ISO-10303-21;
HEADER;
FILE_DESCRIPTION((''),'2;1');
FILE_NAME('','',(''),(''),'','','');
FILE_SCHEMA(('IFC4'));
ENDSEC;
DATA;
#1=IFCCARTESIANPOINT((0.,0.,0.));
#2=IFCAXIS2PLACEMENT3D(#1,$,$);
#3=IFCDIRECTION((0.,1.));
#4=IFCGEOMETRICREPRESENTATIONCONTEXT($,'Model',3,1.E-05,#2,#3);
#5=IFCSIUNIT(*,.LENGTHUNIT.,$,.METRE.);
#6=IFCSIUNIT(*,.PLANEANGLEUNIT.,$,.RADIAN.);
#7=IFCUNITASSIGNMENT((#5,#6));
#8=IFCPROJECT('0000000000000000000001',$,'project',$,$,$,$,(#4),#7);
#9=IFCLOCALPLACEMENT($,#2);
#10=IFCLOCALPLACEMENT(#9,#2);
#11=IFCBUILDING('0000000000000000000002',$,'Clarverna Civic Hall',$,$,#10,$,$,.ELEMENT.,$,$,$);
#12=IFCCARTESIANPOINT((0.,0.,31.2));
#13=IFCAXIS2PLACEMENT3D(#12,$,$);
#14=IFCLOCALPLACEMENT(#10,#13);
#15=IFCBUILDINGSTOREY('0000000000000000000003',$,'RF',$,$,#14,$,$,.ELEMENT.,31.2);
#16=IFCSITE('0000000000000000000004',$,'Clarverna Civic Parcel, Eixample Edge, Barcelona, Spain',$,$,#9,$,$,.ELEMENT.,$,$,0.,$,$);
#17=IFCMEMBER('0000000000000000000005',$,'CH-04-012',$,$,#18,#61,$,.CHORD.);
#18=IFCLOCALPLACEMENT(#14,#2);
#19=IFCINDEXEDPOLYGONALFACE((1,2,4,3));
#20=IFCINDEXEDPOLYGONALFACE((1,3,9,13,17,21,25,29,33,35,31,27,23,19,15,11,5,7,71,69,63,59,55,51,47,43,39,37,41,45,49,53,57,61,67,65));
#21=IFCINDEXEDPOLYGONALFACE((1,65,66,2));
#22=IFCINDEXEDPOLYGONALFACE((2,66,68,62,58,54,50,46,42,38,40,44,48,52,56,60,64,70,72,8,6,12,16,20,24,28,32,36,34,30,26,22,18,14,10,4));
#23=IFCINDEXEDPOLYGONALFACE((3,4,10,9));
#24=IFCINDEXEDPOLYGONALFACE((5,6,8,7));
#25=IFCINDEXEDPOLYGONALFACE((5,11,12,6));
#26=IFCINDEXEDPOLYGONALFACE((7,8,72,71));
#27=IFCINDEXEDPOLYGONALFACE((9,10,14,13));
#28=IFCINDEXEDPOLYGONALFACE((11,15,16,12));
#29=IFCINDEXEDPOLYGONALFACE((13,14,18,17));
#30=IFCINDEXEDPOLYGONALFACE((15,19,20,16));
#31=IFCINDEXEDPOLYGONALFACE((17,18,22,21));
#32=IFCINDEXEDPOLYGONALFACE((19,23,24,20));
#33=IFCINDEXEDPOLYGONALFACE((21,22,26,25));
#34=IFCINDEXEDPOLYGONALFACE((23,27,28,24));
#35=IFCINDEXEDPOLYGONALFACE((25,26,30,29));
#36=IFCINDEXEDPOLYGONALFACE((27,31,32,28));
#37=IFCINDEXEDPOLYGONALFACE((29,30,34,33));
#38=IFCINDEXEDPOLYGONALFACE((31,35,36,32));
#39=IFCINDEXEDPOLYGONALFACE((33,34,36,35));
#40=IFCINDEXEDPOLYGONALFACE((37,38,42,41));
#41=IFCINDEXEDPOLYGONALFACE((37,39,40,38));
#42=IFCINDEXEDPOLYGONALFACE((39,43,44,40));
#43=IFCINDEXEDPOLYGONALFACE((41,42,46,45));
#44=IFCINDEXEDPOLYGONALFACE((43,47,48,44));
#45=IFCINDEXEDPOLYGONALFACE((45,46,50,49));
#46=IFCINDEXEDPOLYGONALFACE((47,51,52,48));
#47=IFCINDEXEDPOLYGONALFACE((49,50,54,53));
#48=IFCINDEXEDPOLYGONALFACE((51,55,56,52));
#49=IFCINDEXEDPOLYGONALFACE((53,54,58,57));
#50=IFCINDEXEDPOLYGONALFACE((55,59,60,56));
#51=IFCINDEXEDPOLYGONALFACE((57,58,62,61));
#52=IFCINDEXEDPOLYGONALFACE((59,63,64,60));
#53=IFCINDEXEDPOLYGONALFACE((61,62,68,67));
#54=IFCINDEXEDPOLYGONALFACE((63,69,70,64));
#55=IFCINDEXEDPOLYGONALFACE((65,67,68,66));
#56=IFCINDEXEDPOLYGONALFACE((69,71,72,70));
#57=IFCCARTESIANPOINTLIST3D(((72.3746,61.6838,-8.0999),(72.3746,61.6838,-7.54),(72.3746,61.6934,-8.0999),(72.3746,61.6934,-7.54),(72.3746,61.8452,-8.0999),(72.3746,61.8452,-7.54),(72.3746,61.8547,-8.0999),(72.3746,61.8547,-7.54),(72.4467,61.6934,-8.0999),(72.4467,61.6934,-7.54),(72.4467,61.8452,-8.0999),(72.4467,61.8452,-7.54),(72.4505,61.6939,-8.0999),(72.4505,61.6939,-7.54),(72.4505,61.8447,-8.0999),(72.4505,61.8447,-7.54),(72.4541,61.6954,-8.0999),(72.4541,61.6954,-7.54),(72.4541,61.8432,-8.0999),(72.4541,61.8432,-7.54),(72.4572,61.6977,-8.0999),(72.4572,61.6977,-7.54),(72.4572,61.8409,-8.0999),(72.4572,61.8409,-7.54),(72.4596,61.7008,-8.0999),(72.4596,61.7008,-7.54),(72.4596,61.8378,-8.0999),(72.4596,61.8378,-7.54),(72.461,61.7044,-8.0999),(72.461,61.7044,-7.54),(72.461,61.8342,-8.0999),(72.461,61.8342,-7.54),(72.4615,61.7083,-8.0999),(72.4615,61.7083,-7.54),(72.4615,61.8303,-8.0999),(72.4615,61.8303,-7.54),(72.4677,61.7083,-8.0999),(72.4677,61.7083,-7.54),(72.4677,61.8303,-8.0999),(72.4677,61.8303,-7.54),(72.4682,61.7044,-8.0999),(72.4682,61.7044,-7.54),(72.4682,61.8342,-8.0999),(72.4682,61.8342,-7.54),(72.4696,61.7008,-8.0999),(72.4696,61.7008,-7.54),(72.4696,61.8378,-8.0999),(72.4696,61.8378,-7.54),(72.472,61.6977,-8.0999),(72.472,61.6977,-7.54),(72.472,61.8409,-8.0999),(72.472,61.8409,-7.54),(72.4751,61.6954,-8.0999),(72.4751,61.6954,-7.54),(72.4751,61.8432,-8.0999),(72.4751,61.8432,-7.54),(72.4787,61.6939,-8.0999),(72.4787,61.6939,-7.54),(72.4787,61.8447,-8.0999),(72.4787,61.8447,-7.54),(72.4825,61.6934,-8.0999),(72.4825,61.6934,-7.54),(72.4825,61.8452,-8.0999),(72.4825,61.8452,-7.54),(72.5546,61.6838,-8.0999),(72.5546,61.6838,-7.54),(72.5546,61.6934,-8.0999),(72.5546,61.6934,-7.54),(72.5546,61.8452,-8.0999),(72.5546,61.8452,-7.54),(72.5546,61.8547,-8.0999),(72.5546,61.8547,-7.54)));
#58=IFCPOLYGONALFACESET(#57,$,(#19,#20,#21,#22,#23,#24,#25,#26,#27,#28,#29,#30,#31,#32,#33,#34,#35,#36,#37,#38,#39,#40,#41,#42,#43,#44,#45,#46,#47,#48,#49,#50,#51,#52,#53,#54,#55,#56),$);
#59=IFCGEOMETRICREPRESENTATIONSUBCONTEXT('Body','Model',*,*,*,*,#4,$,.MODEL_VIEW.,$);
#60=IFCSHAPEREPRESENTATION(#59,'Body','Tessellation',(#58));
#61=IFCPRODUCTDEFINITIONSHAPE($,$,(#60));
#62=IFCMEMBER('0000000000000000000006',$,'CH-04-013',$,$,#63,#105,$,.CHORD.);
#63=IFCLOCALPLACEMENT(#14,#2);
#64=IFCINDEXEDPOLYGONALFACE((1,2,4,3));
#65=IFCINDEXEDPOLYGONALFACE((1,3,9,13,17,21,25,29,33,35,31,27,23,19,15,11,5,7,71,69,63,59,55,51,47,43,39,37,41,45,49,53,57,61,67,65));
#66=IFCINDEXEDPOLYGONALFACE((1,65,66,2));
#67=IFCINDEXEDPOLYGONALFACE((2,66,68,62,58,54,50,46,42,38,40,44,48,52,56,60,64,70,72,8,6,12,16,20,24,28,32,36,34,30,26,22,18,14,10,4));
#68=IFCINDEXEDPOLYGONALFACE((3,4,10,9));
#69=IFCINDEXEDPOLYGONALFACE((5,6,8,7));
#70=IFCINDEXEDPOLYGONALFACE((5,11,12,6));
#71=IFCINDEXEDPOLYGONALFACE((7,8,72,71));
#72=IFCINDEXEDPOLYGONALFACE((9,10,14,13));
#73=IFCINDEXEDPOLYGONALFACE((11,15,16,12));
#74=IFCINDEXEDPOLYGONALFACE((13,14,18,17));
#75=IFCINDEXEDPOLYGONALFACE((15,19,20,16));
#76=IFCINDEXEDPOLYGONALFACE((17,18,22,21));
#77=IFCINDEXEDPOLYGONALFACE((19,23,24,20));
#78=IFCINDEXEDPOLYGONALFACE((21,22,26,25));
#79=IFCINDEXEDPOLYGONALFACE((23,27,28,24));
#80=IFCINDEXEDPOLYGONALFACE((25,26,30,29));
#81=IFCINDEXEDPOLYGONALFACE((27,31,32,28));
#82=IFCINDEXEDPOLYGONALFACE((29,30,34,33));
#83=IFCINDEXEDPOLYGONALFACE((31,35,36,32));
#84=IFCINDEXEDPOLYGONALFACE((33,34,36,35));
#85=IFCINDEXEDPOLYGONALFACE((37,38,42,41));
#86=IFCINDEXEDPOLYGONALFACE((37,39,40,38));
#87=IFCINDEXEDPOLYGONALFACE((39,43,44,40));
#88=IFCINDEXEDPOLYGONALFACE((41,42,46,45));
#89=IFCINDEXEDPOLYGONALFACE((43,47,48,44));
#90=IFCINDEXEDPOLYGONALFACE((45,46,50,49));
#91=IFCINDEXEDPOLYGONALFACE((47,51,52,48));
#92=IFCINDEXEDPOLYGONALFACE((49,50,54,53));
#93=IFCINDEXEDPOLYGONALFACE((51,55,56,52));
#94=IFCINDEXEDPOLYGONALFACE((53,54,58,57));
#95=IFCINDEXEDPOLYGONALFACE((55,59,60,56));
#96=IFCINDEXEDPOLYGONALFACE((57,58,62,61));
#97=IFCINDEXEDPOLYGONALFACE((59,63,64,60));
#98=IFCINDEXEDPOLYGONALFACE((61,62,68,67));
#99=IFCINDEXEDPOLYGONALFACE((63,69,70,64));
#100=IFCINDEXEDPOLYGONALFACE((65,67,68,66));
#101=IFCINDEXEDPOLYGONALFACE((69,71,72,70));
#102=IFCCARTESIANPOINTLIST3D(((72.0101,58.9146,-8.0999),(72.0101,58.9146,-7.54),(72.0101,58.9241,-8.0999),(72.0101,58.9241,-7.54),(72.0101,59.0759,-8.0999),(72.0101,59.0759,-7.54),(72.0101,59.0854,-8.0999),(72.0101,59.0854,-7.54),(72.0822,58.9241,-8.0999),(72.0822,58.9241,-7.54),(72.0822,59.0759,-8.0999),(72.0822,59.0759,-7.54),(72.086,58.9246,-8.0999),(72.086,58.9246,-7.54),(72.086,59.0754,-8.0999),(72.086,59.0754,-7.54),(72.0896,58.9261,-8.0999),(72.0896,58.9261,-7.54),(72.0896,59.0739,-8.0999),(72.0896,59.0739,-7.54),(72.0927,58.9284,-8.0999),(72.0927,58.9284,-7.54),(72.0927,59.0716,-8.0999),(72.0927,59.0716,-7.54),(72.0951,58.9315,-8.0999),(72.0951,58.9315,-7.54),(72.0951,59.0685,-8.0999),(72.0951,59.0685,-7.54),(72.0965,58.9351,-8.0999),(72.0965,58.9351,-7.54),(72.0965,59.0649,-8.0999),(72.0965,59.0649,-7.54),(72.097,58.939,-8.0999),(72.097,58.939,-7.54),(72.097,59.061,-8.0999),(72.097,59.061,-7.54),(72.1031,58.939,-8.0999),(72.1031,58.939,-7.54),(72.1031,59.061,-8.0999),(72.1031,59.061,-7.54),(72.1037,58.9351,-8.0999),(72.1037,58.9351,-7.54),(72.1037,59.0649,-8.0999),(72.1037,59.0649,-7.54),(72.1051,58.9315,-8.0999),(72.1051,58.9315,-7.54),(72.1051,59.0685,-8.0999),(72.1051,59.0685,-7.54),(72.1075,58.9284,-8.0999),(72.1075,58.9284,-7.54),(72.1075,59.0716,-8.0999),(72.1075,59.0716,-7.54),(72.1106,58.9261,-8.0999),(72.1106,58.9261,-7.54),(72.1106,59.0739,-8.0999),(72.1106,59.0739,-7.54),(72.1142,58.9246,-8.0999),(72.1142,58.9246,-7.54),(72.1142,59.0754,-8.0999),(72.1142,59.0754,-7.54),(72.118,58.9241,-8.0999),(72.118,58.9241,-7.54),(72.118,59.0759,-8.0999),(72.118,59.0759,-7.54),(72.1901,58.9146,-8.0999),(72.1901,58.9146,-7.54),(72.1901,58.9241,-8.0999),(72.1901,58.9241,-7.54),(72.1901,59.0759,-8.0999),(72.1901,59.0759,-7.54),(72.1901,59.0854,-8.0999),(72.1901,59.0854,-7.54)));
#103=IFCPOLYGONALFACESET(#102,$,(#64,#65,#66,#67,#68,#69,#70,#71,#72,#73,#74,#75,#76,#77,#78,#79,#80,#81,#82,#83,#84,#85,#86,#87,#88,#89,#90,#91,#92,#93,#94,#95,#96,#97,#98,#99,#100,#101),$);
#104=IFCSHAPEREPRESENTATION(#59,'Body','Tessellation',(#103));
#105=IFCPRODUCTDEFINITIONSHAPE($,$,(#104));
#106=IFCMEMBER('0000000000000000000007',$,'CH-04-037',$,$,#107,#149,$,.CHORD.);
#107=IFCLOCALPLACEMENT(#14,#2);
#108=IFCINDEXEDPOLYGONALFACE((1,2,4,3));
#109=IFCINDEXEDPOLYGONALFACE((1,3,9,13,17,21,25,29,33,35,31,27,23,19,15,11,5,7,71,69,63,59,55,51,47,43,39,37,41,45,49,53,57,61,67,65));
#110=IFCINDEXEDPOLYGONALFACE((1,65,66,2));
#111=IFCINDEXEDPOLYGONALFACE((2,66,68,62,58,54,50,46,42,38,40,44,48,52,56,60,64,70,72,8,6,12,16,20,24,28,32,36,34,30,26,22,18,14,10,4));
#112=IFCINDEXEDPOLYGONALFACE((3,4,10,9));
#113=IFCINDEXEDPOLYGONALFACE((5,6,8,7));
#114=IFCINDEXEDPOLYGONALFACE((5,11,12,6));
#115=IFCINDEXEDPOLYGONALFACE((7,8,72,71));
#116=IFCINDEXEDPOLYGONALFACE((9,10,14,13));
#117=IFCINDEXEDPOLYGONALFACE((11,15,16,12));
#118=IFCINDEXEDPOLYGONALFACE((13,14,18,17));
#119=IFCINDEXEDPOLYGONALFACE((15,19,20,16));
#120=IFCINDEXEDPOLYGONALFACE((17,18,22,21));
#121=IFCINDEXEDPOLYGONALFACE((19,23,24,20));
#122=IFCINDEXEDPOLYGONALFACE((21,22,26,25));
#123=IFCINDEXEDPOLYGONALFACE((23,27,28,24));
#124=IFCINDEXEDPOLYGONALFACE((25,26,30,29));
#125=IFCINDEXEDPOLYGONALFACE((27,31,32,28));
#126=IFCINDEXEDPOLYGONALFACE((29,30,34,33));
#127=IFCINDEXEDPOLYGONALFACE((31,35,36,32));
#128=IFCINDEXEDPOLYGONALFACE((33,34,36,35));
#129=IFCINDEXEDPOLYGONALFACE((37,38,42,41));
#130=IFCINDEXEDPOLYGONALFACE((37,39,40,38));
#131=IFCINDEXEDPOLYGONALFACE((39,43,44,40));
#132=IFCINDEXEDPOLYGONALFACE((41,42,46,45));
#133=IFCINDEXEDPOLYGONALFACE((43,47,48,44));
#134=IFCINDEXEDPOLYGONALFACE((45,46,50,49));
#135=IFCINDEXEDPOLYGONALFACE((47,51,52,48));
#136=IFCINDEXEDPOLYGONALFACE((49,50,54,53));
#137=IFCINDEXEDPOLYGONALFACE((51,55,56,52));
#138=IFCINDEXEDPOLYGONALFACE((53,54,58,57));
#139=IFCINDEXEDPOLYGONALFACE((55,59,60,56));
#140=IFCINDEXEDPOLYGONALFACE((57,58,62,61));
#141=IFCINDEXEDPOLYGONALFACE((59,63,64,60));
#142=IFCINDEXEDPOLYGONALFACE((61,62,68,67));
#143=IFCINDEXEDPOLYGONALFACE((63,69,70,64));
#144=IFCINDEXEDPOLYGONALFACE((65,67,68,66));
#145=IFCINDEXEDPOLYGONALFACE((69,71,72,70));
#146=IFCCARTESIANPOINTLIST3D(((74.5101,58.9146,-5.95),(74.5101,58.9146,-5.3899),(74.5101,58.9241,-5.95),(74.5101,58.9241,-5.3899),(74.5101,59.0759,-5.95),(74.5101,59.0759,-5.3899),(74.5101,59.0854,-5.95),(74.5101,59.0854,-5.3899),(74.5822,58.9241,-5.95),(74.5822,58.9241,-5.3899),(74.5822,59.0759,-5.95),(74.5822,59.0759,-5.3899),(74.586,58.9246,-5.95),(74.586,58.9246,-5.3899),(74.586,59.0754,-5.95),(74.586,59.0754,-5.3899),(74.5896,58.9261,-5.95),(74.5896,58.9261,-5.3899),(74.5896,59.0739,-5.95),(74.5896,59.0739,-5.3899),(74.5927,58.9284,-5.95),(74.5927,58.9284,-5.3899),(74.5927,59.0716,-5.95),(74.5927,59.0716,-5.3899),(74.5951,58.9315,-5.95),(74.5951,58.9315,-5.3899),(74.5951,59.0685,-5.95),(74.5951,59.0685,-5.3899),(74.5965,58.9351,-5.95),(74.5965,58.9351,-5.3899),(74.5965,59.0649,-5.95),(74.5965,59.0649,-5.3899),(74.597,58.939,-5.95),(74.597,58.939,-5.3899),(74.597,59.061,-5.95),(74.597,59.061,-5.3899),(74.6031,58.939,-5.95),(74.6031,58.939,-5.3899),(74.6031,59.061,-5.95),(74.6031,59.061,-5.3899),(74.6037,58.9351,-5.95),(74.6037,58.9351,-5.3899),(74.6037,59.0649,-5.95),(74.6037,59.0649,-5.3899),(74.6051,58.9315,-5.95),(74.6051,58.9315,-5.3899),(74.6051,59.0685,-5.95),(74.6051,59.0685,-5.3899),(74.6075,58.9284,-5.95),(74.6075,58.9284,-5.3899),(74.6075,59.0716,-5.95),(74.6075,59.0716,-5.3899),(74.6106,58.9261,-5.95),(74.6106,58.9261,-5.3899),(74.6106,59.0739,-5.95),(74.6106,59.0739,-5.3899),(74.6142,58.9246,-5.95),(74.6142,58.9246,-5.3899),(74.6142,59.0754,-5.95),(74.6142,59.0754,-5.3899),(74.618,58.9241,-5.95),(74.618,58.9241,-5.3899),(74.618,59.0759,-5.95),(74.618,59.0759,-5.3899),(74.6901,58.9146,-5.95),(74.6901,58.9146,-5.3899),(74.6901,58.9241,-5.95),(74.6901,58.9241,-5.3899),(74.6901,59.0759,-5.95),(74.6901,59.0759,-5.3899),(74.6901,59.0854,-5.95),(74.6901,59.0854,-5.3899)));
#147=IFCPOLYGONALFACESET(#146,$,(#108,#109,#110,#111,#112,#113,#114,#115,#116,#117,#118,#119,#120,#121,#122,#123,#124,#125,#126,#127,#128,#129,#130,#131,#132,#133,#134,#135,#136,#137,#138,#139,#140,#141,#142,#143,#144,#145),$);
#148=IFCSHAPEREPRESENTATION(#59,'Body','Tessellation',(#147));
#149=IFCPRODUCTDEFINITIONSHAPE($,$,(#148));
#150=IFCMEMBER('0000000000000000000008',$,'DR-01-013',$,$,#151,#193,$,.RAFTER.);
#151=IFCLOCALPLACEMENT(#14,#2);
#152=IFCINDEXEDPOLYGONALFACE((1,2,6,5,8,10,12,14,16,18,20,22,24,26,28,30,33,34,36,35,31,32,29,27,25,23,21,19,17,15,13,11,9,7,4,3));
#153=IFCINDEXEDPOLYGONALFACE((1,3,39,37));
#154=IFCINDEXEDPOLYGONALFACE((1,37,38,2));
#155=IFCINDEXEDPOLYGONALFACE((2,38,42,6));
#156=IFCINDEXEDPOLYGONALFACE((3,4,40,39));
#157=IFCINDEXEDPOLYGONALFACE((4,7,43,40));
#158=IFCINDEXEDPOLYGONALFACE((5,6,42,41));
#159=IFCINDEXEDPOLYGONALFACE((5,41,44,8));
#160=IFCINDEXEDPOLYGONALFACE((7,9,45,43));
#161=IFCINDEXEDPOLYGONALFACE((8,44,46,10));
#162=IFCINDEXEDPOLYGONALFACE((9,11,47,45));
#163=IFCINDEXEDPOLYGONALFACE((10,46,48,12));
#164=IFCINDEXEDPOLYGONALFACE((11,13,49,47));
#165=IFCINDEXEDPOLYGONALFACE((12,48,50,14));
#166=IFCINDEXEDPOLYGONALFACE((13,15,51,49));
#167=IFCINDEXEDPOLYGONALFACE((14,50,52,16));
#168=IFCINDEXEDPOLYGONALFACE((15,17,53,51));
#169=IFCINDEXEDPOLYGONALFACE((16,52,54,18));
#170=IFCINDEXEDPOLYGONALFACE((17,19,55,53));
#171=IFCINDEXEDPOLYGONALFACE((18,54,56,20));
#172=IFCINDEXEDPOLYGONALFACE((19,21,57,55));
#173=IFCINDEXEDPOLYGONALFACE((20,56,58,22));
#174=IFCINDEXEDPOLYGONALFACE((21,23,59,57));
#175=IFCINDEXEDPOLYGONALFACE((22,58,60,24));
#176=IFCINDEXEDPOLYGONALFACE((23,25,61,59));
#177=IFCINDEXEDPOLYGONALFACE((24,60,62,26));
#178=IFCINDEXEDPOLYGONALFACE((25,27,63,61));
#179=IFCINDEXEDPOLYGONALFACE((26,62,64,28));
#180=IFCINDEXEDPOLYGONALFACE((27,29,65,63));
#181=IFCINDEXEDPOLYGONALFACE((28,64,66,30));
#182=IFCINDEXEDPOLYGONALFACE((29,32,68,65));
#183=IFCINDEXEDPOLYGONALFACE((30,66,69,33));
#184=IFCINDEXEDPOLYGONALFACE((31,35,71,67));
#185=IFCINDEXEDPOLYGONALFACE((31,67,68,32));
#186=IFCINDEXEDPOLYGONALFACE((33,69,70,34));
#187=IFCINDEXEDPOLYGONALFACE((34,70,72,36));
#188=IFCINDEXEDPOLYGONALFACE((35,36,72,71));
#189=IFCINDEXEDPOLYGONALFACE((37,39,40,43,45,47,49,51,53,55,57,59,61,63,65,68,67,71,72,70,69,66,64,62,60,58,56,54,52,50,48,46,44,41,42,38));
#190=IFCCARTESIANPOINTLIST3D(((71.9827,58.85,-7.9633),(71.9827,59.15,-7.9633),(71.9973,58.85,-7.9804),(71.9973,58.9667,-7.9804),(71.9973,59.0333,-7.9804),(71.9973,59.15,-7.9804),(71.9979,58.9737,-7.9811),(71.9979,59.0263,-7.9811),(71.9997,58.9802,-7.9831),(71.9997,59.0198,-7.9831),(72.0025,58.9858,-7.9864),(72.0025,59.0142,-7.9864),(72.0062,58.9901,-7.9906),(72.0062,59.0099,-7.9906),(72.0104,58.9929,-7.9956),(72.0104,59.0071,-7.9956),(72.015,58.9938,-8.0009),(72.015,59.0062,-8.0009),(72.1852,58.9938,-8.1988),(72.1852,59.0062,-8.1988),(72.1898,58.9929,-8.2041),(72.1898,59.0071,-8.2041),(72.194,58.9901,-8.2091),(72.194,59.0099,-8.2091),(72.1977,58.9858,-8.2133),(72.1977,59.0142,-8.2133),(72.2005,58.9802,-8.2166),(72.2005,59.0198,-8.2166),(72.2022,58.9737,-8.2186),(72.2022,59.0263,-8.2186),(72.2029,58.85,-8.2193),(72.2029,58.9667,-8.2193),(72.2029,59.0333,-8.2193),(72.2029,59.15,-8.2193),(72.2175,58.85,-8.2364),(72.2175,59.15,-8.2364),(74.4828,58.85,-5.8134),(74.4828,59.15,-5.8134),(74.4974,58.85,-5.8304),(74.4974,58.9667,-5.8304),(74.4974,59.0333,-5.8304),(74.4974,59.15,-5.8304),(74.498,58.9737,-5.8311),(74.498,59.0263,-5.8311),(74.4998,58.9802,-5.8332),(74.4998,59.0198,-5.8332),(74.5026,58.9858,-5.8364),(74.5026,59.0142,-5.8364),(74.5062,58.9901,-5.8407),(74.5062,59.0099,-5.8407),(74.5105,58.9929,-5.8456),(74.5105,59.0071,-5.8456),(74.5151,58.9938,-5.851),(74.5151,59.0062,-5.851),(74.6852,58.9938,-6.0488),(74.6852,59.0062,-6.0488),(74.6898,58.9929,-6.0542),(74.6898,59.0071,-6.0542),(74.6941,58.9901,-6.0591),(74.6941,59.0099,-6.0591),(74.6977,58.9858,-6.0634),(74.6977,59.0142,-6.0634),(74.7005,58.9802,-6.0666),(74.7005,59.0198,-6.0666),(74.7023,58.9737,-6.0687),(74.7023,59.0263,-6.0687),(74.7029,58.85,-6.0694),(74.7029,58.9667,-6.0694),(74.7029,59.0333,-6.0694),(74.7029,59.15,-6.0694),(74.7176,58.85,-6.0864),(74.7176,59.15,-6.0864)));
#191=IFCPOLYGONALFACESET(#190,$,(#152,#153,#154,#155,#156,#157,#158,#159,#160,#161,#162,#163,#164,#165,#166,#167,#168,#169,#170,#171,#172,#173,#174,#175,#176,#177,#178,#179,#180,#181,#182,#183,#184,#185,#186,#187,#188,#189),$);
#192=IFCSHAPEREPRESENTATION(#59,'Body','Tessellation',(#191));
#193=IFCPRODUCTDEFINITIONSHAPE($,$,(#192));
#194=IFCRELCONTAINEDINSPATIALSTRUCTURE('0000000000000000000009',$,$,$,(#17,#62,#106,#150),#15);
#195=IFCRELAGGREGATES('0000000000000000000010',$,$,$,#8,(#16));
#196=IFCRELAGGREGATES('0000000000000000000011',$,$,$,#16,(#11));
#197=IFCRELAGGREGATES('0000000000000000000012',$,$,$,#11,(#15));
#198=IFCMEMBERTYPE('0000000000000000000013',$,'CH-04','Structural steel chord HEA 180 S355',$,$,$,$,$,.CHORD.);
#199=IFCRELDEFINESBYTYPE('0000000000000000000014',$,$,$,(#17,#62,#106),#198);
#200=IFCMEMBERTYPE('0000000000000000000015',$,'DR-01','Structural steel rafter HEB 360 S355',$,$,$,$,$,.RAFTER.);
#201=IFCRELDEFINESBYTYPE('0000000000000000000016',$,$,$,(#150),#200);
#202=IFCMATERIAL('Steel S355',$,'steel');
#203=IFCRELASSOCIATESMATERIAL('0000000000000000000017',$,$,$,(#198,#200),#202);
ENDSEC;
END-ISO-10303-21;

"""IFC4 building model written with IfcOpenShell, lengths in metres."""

from ifc_helpers import new_model, si_unit, direction, frame, origin, origin_2d, place, context, subcontext, project, spatial, i_section, extrude, material, material_profile, profile_set, type_object, element, save


model = new_model("IFC4")

# Units and contexts
model_context = context("Model", 3, precision=1e-05, world=origin(), true_north=direction((0.0, 1.0)))
body_context = subcontext(model_context, "Body", "Model", "MODEL_VIEW")
ifc_project = project(units=[si_unit("LENGTHUNIT", "METRE"), si_unit("PLANEANGLEUNIT", "RADIAN")], contexts=[model_context])

# Site, building, storey
site_placement = place(None, origin())
site = spatial("IfcSite", under=ifc_project, at=site_placement, Name="Clarverna Civic Parcel, Eixample Edge, Barcelona, Spain", CompositionType="ELEMENT", RefElevation=0.0)
building_placement = place(site_placement, origin())
building = spatial("IfcBuilding", under=site, at=building_placement, Name="Clarverna Civic Hall", CompositionType="ELEMENT")
storey_placement = place(building_placement, frame((0.0, 0.0, 31.2)))
storey = spatial("IfcBuildingStorey", under=building, at=storey_placement, Name="RF", CompositionType="ELEMENT", Elevation=31.2)

# Members
ifc_material_1 = material(Name="Steel S355", Category="steel")
ifc_material_profile_1 = material_profile(ifc_material_1, i_section(OverallWidth=0.1799, OverallDepth=0.1709, WebThickness=0.0061, FlangeThickness=0.0095, FilletRadius=0.0149, at=origin_2d()), Name="HEA 180")
ifc_profile_set_1 = profile_set([ifc_material_profile_1], Name="Steel S355")
member_type_1 = type_object("IfcMemberType", Name="CH-04", Description="Structural steel chord HEA 180 S355", PredefinedType="CHORD", material=ifc_profile_set_1)
for number, where, z_axis, x_axis, name in (
    (1, (72.4646, 61.7693, -8.0999), (0.0, 0.0, 1.0), (1.0, 0.0, 0.0), "CH-04-012"),
    (2, (72.1001, 59.0, -8.0999), (0.0, 0.0, 1.0), (1.0, 0.0, 0.0), "CH-04-013"),
):
    element("IfcMember", number, at=place(storey_placement, frame(where, z_axis=z_axis, x_axis=x_axis)), inside=storey, type_object=member_type_1, Name=name, PredefinedType="CHORD", context=body_context, shape_type="SweptSolid", body=[
        extrude(i_section(OverallWidth=0.1799, OverallDepth=0.1709, WebThickness=0.0061, FlangeThickness=0.0095, FilletRadius=0.0149, at=origin_2d()), origin(), (0.0, 0.0, 1.0), 0.5598),
    ])
member_1_placement = place(storey_placement, frame((74.6001, 59.0, -5.95), z_axis=(0.0, 0.0, 1.0), x_axis=(1.0, 0.0, 0.0)))
element("IfcMember", 3, at=member_1_placement, inside=storey, type_object=member_type_1, Name="CH-04-037", PredefinedType="CHORD", context=body_context, shape_type="SweptSolid", body=[
    extrude(i_section(OverallWidth=0.1799, OverallDepth=0.1709, WebThickness=0.0061, FlangeThickness=0.0095, FilletRadius=0.0149, at=origin_2d()), origin(), (0.0, 0.0, 1.0), 0.5601),
])
ifc_material_profile_2 = material_profile(ifc_material_1, i_section(OverallWidth=0.3, OverallDepth=0.3601, WebThickness=0.0125, FlangeThickness=0.0225, FilletRadius=0.0271, at=origin_2d()), Name="HEB 360")
ifc_profile_set_2 = profile_set([ifc_material_profile_2], Name="Steel S355")
member_type_2 = type_object("IfcMemberType", Name="DR-01", Description="Structural steel rafter HEB 360 S355", PredefinedType="RAFTER", material=ifc_profile_set_2)
member_2_placement = place(storey_placement, frame((72.1001, 59.0, -8.0999), z_axis=(0.7582, 0.0, 0.652022), x_axis=(0.0, 1.0, 0.0)))
element("IfcMember", 4, at=member_2_placement, inside=storey, type_object=member_type_2, Name="DR-01-013", PredefinedType="RAFTER", context=body_context, shape_type="SweptSolid", body=[
    extrude(i_section(OverallWidth=0.3, OverallDepth=0.3601, WebThickness=0.0125, FlangeThickness=0.0225, FilletRadius=0.0271, at=origin_2d()), origin(), (0.0, 0.0, 1.0), 3.2974),
])

save(model, "model.ifc")
